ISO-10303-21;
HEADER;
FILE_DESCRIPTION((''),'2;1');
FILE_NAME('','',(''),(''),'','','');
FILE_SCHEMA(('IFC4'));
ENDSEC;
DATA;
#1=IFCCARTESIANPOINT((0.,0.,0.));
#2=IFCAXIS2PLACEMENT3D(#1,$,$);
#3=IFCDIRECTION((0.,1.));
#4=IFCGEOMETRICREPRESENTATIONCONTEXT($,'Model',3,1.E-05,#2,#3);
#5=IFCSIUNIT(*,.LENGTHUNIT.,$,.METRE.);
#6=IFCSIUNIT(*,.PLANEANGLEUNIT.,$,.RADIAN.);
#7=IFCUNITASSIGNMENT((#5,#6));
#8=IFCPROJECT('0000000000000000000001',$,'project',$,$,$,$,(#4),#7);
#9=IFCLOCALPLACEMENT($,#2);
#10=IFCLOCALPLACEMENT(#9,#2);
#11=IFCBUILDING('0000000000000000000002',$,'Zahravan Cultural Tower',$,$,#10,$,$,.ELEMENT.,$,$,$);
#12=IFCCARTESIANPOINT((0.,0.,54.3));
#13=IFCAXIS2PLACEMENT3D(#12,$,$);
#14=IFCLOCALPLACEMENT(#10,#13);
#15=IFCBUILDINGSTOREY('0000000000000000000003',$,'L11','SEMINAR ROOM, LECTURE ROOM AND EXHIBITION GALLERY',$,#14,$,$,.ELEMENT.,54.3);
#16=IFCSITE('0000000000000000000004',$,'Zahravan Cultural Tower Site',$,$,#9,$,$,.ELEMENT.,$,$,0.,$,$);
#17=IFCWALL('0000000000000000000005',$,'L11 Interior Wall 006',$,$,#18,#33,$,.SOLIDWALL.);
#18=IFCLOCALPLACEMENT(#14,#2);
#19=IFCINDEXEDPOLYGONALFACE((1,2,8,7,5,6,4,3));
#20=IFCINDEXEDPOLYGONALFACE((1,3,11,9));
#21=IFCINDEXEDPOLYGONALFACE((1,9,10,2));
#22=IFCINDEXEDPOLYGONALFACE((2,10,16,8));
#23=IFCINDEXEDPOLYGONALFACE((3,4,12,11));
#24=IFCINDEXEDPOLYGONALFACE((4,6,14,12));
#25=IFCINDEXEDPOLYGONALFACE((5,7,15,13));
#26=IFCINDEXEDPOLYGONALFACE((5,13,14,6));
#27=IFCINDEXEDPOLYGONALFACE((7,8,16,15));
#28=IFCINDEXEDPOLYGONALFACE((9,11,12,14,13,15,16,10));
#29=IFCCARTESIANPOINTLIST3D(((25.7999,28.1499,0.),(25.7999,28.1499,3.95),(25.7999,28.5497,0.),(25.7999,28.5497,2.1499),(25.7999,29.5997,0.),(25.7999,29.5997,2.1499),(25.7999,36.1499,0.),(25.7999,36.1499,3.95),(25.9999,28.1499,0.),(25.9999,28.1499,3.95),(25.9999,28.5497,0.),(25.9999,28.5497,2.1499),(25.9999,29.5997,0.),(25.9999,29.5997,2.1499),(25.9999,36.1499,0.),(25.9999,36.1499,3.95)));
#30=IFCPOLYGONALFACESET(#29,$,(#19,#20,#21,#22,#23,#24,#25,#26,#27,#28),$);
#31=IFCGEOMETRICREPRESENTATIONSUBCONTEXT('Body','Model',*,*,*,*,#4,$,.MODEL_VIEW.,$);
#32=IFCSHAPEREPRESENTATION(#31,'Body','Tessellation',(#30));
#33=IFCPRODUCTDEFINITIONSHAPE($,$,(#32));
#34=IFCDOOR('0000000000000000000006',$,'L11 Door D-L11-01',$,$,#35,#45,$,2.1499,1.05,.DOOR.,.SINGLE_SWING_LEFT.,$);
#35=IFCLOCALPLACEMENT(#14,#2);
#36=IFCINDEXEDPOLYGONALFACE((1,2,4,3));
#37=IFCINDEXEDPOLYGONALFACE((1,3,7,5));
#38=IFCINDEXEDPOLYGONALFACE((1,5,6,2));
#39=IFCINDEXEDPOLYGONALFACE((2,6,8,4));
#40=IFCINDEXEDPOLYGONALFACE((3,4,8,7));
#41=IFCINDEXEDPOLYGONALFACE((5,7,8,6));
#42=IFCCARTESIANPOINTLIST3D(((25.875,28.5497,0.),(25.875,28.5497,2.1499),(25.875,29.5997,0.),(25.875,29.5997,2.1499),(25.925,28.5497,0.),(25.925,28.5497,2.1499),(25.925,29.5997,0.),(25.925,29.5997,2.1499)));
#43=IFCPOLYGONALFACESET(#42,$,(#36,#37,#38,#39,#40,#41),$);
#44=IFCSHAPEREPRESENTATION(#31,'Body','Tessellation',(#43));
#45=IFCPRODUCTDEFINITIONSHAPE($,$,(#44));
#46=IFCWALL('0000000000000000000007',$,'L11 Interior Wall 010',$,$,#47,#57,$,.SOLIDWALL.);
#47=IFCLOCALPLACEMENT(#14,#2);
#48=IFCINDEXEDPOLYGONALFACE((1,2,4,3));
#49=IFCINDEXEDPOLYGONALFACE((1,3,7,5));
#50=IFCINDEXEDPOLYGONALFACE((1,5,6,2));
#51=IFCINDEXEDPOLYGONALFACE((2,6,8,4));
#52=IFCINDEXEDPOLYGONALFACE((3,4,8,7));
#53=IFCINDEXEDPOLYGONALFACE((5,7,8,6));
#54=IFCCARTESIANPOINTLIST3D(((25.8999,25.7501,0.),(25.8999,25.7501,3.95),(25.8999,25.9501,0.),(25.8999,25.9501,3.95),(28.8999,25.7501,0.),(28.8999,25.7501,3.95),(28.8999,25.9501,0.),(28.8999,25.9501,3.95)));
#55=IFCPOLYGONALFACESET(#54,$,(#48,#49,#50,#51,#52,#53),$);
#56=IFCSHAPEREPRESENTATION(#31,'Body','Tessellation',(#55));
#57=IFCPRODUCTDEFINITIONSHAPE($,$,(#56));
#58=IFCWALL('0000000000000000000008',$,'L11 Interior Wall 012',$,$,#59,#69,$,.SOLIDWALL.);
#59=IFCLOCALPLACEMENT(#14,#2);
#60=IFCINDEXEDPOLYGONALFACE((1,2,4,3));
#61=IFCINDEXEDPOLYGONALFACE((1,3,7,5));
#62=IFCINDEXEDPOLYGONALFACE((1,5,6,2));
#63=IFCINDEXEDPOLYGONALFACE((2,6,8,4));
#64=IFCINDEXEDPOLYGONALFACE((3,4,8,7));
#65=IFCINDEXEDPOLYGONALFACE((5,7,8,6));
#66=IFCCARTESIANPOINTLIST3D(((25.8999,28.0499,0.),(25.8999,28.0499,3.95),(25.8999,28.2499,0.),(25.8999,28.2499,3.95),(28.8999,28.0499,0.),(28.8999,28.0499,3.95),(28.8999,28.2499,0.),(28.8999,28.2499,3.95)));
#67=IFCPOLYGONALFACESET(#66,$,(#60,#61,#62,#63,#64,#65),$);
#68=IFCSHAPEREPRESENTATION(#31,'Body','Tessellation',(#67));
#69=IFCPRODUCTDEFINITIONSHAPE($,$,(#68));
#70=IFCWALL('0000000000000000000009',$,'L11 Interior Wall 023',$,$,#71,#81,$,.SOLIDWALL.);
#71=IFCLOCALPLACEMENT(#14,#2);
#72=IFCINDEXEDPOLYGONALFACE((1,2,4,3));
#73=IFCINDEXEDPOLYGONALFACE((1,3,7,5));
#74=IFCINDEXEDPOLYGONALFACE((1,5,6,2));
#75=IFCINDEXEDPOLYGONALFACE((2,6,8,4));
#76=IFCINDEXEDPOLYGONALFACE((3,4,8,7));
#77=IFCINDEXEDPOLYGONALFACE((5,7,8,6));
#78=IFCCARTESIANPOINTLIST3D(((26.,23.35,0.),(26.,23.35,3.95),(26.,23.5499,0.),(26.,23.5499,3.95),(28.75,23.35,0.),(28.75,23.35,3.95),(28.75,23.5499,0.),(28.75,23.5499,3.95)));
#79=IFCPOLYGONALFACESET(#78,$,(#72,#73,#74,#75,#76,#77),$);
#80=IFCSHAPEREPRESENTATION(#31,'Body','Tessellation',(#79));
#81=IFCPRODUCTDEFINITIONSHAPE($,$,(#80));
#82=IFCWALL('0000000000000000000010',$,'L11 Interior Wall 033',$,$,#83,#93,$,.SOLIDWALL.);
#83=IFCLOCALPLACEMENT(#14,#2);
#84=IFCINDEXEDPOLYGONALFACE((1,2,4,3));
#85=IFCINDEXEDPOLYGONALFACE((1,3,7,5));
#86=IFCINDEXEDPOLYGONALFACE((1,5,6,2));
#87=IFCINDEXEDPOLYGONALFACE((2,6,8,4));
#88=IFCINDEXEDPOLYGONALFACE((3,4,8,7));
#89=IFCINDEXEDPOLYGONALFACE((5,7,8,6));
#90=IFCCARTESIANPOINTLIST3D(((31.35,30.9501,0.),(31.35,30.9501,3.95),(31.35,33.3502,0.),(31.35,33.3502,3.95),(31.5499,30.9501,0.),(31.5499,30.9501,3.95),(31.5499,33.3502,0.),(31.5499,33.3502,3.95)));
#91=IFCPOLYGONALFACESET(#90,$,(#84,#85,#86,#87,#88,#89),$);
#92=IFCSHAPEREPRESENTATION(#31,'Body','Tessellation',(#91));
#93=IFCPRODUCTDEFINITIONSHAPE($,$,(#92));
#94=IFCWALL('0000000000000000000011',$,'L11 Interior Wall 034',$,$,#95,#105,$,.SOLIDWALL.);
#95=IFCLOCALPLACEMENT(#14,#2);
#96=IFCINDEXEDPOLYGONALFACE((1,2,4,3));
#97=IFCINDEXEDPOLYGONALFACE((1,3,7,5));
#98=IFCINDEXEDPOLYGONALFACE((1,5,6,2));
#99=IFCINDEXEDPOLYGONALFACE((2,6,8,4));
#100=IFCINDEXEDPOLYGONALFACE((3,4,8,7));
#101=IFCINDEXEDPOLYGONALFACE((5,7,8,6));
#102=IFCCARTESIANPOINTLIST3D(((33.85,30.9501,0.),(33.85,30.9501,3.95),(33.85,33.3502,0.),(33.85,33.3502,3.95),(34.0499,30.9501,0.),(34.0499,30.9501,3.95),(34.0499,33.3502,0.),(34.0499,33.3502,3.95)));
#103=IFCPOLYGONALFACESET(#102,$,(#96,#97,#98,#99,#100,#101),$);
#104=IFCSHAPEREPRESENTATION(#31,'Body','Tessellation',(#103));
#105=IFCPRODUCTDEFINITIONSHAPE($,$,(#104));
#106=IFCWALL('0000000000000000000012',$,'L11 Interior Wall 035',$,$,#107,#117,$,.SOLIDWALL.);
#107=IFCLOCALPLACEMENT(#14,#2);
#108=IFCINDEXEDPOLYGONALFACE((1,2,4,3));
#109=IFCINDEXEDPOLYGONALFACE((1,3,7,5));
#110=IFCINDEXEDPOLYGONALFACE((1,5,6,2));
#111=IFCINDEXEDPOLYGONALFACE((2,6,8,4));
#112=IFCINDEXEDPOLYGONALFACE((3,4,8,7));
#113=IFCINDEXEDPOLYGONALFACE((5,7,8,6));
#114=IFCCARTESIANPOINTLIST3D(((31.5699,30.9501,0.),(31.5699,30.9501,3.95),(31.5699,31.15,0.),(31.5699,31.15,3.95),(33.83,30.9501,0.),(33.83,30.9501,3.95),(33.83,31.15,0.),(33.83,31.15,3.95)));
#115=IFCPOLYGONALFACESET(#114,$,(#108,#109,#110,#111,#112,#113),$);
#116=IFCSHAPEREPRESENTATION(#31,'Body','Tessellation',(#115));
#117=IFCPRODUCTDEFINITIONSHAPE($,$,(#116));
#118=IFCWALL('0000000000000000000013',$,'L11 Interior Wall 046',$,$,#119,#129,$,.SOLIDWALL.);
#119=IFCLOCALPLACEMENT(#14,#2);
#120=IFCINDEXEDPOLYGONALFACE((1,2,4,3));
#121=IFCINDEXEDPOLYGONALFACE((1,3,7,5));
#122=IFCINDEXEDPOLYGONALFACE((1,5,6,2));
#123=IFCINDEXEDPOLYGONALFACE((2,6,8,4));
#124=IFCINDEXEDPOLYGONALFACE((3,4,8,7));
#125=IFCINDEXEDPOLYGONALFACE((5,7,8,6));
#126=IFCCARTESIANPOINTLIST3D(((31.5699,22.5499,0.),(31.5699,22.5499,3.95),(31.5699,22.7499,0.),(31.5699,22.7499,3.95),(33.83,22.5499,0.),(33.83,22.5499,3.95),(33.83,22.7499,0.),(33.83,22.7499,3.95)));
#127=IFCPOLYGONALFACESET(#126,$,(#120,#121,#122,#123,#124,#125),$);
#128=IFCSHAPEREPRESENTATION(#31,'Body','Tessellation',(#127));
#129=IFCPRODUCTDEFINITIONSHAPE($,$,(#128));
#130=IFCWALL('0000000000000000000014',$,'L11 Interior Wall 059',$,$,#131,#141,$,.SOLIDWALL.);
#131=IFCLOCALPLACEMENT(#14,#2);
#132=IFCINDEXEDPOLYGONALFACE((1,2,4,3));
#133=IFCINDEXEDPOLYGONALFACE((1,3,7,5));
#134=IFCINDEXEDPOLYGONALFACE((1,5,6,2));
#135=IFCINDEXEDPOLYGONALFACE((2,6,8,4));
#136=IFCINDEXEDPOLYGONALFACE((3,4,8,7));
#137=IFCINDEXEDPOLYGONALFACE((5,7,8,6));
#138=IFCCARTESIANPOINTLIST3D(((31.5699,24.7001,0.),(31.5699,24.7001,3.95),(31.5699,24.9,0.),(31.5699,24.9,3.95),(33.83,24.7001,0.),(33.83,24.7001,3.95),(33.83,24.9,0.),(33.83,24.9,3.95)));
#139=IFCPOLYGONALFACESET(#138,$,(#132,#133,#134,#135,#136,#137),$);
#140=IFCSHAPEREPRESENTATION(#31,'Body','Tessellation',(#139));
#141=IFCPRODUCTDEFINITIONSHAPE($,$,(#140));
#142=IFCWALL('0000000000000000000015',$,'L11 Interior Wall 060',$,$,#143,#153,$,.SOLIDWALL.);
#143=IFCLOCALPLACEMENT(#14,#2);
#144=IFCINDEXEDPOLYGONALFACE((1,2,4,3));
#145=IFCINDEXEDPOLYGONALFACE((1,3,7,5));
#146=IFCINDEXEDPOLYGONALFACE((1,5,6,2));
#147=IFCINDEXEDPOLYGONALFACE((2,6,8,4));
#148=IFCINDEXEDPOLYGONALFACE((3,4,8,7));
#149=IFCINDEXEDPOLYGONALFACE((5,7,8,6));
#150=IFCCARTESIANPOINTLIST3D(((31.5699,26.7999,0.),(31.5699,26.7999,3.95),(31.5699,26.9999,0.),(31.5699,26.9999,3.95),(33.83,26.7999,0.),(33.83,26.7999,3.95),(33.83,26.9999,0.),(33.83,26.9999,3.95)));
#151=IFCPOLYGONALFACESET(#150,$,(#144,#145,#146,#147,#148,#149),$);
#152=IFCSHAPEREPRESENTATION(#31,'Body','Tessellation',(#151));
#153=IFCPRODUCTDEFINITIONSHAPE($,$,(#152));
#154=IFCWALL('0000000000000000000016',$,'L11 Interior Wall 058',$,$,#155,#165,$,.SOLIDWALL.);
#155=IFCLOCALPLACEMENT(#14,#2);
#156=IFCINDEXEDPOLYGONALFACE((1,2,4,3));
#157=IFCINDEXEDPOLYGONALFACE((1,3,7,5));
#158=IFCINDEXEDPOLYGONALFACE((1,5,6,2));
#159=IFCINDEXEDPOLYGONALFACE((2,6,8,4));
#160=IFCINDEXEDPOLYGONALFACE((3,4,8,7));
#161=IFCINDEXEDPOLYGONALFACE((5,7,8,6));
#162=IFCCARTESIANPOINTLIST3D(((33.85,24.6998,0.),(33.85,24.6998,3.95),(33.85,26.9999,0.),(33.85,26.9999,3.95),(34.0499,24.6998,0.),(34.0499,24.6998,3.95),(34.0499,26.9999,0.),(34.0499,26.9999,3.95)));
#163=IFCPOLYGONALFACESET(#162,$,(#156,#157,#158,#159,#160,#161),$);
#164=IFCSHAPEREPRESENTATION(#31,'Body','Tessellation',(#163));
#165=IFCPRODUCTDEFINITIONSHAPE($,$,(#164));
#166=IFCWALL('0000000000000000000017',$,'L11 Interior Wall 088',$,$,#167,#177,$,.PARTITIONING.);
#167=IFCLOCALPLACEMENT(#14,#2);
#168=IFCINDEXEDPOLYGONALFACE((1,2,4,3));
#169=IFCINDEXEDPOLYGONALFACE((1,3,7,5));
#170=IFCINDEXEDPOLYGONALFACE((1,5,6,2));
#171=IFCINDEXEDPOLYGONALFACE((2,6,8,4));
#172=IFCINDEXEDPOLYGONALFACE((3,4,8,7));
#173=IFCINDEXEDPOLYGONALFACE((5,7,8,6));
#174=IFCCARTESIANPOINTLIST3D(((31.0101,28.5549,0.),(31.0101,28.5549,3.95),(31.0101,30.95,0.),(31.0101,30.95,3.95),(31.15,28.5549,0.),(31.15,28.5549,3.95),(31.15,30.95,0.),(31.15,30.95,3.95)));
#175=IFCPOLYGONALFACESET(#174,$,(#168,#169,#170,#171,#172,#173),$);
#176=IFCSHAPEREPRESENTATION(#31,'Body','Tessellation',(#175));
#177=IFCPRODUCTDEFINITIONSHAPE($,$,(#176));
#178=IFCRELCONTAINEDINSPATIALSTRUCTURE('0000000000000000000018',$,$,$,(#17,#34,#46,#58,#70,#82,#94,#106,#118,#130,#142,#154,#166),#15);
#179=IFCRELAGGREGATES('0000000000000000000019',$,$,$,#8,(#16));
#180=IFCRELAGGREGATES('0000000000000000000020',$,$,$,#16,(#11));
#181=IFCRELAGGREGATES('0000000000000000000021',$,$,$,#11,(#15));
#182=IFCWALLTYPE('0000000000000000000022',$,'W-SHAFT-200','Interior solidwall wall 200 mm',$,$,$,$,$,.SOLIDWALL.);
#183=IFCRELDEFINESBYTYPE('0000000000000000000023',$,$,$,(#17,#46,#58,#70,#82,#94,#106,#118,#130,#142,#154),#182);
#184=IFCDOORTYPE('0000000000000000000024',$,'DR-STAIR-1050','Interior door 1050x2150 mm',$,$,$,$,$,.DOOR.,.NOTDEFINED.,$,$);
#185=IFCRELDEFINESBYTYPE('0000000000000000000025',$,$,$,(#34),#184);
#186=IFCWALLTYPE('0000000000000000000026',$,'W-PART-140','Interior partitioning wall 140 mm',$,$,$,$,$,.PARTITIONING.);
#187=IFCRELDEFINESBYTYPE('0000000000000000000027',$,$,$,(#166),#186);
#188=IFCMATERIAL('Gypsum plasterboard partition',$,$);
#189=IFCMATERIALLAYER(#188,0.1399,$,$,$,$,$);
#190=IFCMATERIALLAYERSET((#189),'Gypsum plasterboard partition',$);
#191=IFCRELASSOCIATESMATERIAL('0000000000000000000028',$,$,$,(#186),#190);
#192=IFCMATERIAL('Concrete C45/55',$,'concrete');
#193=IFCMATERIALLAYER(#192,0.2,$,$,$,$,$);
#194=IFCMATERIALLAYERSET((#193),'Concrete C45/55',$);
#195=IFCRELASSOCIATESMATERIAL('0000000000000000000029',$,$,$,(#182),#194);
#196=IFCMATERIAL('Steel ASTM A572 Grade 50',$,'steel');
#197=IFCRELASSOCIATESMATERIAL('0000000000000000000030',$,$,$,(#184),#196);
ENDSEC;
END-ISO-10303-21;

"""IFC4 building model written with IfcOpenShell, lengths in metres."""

from ifc_helpers import new_model, si_unit, direction, frame, frame_2d, origin, place, context, subcontext, project, spatial, rectangle, extrude, source, transform, mapped, material, layer, layer_set, type_object, element, fill, save


model = new_model("IFC4")

# Units and contexts
model_context = context("Model", 3, precision=1e-05, world=origin(), true_north=direction((0.0, 1.0)))
body_context = subcontext(model_context, "Body", "Model", "MODEL_VIEW")
ifc_project = project(units=[si_unit("LENGTHUNIT", "METRE"), si_unit("PLANEANGLEUNIT", "RADIAN")], contexts=[model_context])

# Site, building, storey
site_placement = place(None, origin())
site = spatial("IfcSite", under=ifc_project, at=site_placement, Name="Zahravan Cultural Tower Site", CompositionType="ELEMENT", RefElevation=0.0)
building_placement = place(site_placement, origin())
building = spatial("IfcBuilding", under=site, at=building_placement, Name="Zahravan Cultural Tower", CompositionType="ELEMENT")
storey_placement = place(building_placement, frame((0.0, 0.0, 54.3)))
storey = spatial("IfcBuildingStorey", under=building, at=storey_placement, Name="L11", Description="SEMINAR ROOM, LECTURE ROOM AND EXHIBITION GALLERY", CompositionType="ELEMENT", Elevation=54.3)

# Wall, opening, door
ifc_material_1 = material(Name="Steel ASTM A572 Grade 50", Category="steel")
ifc_material_2 = material(Name="Gypsum plasterboard partition")
ifc_layer_1 = layer(ifc_material_2, 0.1399)
ifc_layer_set_1 = layer_set([ifc_layer_1], Name="Gypsum plasterboard partition")
wall_type_1 = type_object("IfcWallType", Name="W-PART-140", Description="Interior partitioning wall 140 mm", PredefinedType="PARTITIONING", material=ifc_layer_set_1)
ifc_material_3 = material(Name="Concrete C45/55", Category="concrete")
ifc_layer_2 = layer(ifc_material_3, 0.2)
ifc_layer_set_2 = layer_set([ifc_layer_2], Name="Concrete C45/55")
wall_type_2 = type_object("IfcWallType", Name="W-SHAFT-200", Description="Interior solidwall wall 200 mm", PredefinedType="SOLIDWALL", material=ifc_layer_set_2)
wall_1_placement = place(storey_placement, frame((25.8999, 28.1499, 0.0), z_axis=(0.0, 0.0, 1.0), x_axis=(0.0, 1.0, 0.0)))
wall_1 = element("IfcWall", 1, at=wall_1_placement, inside=storey, type_object=wall_type_2, Name="L11 Interior Wall 006", PredefinedType="SOLIDWALL", context=body_context, shape_type="SweptSolid", body=[
    extrude(rectangle(XDim=8.0, YDim=0.2, at=frame_2d((4.0, 0.0))), origin(), (0.0, 0.0, 1.0), 3.95),
])
opening_1_placement = place(wall_1_placement, frame((0.3999, 0.0, 0.0)))
opening_1 = element("IfcOpeningElement", 2, at=opening_1_placement, cuts=wall_1, PredefinedType="OPENING", context=body_context, shape_type="SweptSolid", body=[
    extrude(rectangle(XDim=1.05, YDim=2.1499, at=frame_2d((0.5249, 1.075))), frame((0.0, 0.1099, 0.0), z_axis=(0.0, -1.0, 0.0), x_axis=(1.0, 0.0, 0.0)), (0.0, 0.0, 1.0), 0.22),
])
door_type_1 = type_object("IfcDoorType", Name="DR-STAIR-1050", Description="Interior door 1050x2150 mm", OperationType="NOTDEFINED", PredefinedType="DOOR", material=ifc_material_1)
shared_shape_1 = source(origin(), body_context, "Body", "SweptSolid", [
    extrude(rectangle(XDim=1.05, YDim=2.1499, at=frame_2d((0.5249, 1.075))), frame((0.0, 0.0249, 0.0), z_axis=(0.0, -1.0, 0.0), x_axis=(1.0, 0.0, 0.0)), (0.0, 0.0, 1.0), 0.05),
])
door_1_placement = place(opening_1_placement, origin())
door_1 = element("IfcDoor", 3, at=door_1_placement, inside=storey, type_object=door_type_1, Name="L11 Door D-L11-01", OperationType="SINGLE_SWING_LEFT", OverallHeight=2.1499, OverallWidth=1.05, PredefinedType="DOOR", context=body_context, shape_type="MappedRepresentation", body=[
    mapped(shared_shape_1, transform((0.0, 0.0, 0.0), x_axis=(1.0, 0.0, 0.0), y_axis=(0.0, 1.0, 0.0), z_axis=(0.0, 0.0, 1.0), scale=1.0)),
])
fill(opening_1, door_1)

# Walls
shared_shape_2 = source(origin(), body_context, "Body", "SweptSolid", [
    extrude(rectangle(XDim=3.0, YDim=0.2, at=frame_2d((1.5, 0.0))), origin(), (0.0, 0.0, 1.0), 3.95),
])
for number, where, z_axis, x_axis, name in (
    (4, (25.8999, 25.8501, 0.0), (0.0, 0.0, 1.0), (1.0, 0.0, 0.0), "L11 Interior Wall 010"),
    (5, (25.8999, 28.1499, 0.0), (0.0, 0.0, 1.0), (1.0, 0.0, 0.0), "L11 Interior Wall 012"),
):
    element("IfcWall", number, at=place(storey_placement, frame(where, z_axis=z_axis, x_axis=x_axis)), inside=storey, type_object=wall_type_2, Name=name, PredefinedType="SOLIDWALL", context=body_context, shape_type="MappedRepresentation", body=[
        mapped(shared_shape_2, transform((0.0, 0.0, 0.0), x_axis=(1.0, 0.0, 0.0), y_axis=(0.0, 1.0, 0.0), z_axis=(0.0, 0.0, 1.0), scale=1.0)),
    ])
shared_shape_3 = source(origin(), body_context, "Body", "SweptSolid", [
    extrude(rectangle(XDim=2.75, YDim=0.2, at=frame_2d((1.375, 0.0))), origin(), (0.0, 0.0, 1.0), 3.95),
])
wall_2_placement = place(storey_placement, frame((26.0, 23.45, 0.0), z_axis=(0.0, 0.0, 1.0), x_axis=(1.0, 0.0, 0.0)))
element("IfcWall", 6, at=wall_2_placement, inside=storey, type_object=wall_type_2, Name="L11 Interior Wall 023", PredefinedType="SOLIDWALL", context=body_context, shape_type="MappedRepresentation", body=[
    mapped(shared_shape_3, transform((0.0, 0.0, 0.0), x_axis=(1.0, 0.0, 0.0), y_axis=(0.0, 1.0, 0.0), z_axis=(0.0, 0.0, 1.0), scale=1.0)),
])
shared_shape_4 = source(origin(), body_context, "Body", "SweptSolid", [
    extrude(rectangle(XDim=2.4001, YDim=0.2, at=frame_2d((1.2002, 0.0))), origin(), (0.0, 0.0, 1.0), 3.95),
])
for number, where, z_axis, x_axis, name in (
    (7, (31.45, 30.95, 0.0), (0.0, 0.0, 1.0), (0.0, 1.0, 0.0), "L11 Interior Wall 033"),
    (8, (33.95, 30.95, 0.0), (0.0, 0.0, 1.0), (0.0, 1.0, 0.0), "L11 Interior Wall 034"),
):
    element("IfcWall", number, at=place(storey_placement, frame(where, z_axis=z_axis, x_axis=x_axis)), inside=storey, type_object=wall_type_2, Name=name, PredefinedType="SOLIDWALL", context=body_context, shape_type="MappedRepresentation", body=[
        mapped(shared_shape_4, transform((0.0, 0.0, 0.0), x_axis=(1.0, 0.0, 0.0), y_axis=(0.0, 1.0, 0.0), z_axis=(0.0, 0.0, 1.0), scale=1.0)),
    ])
shared_shape_5 = source(origin(), body_context, "Body", "SweptSolid", [
    extrude(rectangle(XDim=2.26, YDim=0.2, at=frame_2d((1.1299, 0.0))), origin(), (0.0, 0.0, 1.0), 3.95),
])
for number, where, z_axis, x_axis, name in (
    (9, (31.5701, 31.05, 0.0), (0.0, 0.0, 1.0), (1.0, 0.0, 0.0), "L11 Interior Wall 035"),
    (10, (31.5701, 22.6499, 0.0), (0.0, 0.0, 1.0), (1.0, 0.0, 0.0), "L11 Interior Wall 046"),
    (11, (31.5701, 24.8, 0.0), (0.0, 0.0, 1.0), (1.0, 0.0, 0.0), "L11 Interior Wall 059"),
    (12, (31.5701, 26.8999, 0.0), (0.0, 0.0, 1.0), (1.0, 0.0, 0.0), "L11 Interior Wall 060"),
):
    element("IfcWall", number, at=place(storey_placement, frame(where, z_axis=z_axis, x_axis=x_axis)), inside=storey, type_object=wall_type_2, Name=name, PredefinedType="SOLIDWALL", context=body_context, shape_type="MappedRepresentation", body=[
        mapped(shared_shape_5, transform((0.0, 0.0, 0.0), x_axis=(1.0, 0.0, 0.0), y_axis=(0.0, 1.0, 0.0), z_axis=(0.0, 0.0, 1.0), scale=1.0)),
    ])
shared_shape_6 = source(origin(), body_context, "Body", "SweptSolid", [
    extrude(rectangle(XDim=2.3, YDim=0.2, at=frame_2d((1.1499, 0.0))), origin(), (0.0, 0.0, 1.0), 3.95),
])
wall_3_placement = place(storey_placement, frame((33.95, 24.7, 0.0), z_axis=(0.0, 0.0, 1.0), x_axis=(0.0, 1.0, 0.0)))
element("IfcWall", 13, at=wall_3_placement, inside=storey, type_object=wall_type_2, Name="L11 Interior Wall 058", PredefinedType="SOLIDWALL", context=body_context, shape_type="MappedRepresentation", body=[
    mapped(shared_shape_6, transform((0.0, 0.0, 0.0), x_axis=(1.0, 0.0, 0.0), y_axis=(0.0, 1.0, 0.0), z_axis=(0.0, 0.0, 1.0), scale=1.0)),
])
shared_shape_7 = source(origin(), body_context, "Body", "SweptSolid", [
    extrude(rectangle(XDim=2.395, YDim=0.1399, at=frame_2d((1.1975, 0.0))), origin(), (0.0, 0.0, 1.0), 3.95),
])
wall_4_placement = place(storey_placement, frame((31.0801, 28.5549, 0.0), z_axis=(0.0, 0.0, 1.0), x_axis=(0.0, 1.0, 0.0)))
element("IfcWall", 14, at=wall_4_placement, inside=storey, type_object=wall_type_1, Name="L11 Interior Wall 088", PredefinedType="PARTITIONING", context=body_context, shape_type="MappedRepresentation", body=[
    mapped(shared_shape_7, transform((0.0, 0.0, 0.0), x_axis=(1.0, 0.0, 0.0), y_axis=(0.0, 1.0, 0.0), z_axis=(0.0, 0.0, 1.0), scale=1.0)),
])

save(model, "model.ifc")
